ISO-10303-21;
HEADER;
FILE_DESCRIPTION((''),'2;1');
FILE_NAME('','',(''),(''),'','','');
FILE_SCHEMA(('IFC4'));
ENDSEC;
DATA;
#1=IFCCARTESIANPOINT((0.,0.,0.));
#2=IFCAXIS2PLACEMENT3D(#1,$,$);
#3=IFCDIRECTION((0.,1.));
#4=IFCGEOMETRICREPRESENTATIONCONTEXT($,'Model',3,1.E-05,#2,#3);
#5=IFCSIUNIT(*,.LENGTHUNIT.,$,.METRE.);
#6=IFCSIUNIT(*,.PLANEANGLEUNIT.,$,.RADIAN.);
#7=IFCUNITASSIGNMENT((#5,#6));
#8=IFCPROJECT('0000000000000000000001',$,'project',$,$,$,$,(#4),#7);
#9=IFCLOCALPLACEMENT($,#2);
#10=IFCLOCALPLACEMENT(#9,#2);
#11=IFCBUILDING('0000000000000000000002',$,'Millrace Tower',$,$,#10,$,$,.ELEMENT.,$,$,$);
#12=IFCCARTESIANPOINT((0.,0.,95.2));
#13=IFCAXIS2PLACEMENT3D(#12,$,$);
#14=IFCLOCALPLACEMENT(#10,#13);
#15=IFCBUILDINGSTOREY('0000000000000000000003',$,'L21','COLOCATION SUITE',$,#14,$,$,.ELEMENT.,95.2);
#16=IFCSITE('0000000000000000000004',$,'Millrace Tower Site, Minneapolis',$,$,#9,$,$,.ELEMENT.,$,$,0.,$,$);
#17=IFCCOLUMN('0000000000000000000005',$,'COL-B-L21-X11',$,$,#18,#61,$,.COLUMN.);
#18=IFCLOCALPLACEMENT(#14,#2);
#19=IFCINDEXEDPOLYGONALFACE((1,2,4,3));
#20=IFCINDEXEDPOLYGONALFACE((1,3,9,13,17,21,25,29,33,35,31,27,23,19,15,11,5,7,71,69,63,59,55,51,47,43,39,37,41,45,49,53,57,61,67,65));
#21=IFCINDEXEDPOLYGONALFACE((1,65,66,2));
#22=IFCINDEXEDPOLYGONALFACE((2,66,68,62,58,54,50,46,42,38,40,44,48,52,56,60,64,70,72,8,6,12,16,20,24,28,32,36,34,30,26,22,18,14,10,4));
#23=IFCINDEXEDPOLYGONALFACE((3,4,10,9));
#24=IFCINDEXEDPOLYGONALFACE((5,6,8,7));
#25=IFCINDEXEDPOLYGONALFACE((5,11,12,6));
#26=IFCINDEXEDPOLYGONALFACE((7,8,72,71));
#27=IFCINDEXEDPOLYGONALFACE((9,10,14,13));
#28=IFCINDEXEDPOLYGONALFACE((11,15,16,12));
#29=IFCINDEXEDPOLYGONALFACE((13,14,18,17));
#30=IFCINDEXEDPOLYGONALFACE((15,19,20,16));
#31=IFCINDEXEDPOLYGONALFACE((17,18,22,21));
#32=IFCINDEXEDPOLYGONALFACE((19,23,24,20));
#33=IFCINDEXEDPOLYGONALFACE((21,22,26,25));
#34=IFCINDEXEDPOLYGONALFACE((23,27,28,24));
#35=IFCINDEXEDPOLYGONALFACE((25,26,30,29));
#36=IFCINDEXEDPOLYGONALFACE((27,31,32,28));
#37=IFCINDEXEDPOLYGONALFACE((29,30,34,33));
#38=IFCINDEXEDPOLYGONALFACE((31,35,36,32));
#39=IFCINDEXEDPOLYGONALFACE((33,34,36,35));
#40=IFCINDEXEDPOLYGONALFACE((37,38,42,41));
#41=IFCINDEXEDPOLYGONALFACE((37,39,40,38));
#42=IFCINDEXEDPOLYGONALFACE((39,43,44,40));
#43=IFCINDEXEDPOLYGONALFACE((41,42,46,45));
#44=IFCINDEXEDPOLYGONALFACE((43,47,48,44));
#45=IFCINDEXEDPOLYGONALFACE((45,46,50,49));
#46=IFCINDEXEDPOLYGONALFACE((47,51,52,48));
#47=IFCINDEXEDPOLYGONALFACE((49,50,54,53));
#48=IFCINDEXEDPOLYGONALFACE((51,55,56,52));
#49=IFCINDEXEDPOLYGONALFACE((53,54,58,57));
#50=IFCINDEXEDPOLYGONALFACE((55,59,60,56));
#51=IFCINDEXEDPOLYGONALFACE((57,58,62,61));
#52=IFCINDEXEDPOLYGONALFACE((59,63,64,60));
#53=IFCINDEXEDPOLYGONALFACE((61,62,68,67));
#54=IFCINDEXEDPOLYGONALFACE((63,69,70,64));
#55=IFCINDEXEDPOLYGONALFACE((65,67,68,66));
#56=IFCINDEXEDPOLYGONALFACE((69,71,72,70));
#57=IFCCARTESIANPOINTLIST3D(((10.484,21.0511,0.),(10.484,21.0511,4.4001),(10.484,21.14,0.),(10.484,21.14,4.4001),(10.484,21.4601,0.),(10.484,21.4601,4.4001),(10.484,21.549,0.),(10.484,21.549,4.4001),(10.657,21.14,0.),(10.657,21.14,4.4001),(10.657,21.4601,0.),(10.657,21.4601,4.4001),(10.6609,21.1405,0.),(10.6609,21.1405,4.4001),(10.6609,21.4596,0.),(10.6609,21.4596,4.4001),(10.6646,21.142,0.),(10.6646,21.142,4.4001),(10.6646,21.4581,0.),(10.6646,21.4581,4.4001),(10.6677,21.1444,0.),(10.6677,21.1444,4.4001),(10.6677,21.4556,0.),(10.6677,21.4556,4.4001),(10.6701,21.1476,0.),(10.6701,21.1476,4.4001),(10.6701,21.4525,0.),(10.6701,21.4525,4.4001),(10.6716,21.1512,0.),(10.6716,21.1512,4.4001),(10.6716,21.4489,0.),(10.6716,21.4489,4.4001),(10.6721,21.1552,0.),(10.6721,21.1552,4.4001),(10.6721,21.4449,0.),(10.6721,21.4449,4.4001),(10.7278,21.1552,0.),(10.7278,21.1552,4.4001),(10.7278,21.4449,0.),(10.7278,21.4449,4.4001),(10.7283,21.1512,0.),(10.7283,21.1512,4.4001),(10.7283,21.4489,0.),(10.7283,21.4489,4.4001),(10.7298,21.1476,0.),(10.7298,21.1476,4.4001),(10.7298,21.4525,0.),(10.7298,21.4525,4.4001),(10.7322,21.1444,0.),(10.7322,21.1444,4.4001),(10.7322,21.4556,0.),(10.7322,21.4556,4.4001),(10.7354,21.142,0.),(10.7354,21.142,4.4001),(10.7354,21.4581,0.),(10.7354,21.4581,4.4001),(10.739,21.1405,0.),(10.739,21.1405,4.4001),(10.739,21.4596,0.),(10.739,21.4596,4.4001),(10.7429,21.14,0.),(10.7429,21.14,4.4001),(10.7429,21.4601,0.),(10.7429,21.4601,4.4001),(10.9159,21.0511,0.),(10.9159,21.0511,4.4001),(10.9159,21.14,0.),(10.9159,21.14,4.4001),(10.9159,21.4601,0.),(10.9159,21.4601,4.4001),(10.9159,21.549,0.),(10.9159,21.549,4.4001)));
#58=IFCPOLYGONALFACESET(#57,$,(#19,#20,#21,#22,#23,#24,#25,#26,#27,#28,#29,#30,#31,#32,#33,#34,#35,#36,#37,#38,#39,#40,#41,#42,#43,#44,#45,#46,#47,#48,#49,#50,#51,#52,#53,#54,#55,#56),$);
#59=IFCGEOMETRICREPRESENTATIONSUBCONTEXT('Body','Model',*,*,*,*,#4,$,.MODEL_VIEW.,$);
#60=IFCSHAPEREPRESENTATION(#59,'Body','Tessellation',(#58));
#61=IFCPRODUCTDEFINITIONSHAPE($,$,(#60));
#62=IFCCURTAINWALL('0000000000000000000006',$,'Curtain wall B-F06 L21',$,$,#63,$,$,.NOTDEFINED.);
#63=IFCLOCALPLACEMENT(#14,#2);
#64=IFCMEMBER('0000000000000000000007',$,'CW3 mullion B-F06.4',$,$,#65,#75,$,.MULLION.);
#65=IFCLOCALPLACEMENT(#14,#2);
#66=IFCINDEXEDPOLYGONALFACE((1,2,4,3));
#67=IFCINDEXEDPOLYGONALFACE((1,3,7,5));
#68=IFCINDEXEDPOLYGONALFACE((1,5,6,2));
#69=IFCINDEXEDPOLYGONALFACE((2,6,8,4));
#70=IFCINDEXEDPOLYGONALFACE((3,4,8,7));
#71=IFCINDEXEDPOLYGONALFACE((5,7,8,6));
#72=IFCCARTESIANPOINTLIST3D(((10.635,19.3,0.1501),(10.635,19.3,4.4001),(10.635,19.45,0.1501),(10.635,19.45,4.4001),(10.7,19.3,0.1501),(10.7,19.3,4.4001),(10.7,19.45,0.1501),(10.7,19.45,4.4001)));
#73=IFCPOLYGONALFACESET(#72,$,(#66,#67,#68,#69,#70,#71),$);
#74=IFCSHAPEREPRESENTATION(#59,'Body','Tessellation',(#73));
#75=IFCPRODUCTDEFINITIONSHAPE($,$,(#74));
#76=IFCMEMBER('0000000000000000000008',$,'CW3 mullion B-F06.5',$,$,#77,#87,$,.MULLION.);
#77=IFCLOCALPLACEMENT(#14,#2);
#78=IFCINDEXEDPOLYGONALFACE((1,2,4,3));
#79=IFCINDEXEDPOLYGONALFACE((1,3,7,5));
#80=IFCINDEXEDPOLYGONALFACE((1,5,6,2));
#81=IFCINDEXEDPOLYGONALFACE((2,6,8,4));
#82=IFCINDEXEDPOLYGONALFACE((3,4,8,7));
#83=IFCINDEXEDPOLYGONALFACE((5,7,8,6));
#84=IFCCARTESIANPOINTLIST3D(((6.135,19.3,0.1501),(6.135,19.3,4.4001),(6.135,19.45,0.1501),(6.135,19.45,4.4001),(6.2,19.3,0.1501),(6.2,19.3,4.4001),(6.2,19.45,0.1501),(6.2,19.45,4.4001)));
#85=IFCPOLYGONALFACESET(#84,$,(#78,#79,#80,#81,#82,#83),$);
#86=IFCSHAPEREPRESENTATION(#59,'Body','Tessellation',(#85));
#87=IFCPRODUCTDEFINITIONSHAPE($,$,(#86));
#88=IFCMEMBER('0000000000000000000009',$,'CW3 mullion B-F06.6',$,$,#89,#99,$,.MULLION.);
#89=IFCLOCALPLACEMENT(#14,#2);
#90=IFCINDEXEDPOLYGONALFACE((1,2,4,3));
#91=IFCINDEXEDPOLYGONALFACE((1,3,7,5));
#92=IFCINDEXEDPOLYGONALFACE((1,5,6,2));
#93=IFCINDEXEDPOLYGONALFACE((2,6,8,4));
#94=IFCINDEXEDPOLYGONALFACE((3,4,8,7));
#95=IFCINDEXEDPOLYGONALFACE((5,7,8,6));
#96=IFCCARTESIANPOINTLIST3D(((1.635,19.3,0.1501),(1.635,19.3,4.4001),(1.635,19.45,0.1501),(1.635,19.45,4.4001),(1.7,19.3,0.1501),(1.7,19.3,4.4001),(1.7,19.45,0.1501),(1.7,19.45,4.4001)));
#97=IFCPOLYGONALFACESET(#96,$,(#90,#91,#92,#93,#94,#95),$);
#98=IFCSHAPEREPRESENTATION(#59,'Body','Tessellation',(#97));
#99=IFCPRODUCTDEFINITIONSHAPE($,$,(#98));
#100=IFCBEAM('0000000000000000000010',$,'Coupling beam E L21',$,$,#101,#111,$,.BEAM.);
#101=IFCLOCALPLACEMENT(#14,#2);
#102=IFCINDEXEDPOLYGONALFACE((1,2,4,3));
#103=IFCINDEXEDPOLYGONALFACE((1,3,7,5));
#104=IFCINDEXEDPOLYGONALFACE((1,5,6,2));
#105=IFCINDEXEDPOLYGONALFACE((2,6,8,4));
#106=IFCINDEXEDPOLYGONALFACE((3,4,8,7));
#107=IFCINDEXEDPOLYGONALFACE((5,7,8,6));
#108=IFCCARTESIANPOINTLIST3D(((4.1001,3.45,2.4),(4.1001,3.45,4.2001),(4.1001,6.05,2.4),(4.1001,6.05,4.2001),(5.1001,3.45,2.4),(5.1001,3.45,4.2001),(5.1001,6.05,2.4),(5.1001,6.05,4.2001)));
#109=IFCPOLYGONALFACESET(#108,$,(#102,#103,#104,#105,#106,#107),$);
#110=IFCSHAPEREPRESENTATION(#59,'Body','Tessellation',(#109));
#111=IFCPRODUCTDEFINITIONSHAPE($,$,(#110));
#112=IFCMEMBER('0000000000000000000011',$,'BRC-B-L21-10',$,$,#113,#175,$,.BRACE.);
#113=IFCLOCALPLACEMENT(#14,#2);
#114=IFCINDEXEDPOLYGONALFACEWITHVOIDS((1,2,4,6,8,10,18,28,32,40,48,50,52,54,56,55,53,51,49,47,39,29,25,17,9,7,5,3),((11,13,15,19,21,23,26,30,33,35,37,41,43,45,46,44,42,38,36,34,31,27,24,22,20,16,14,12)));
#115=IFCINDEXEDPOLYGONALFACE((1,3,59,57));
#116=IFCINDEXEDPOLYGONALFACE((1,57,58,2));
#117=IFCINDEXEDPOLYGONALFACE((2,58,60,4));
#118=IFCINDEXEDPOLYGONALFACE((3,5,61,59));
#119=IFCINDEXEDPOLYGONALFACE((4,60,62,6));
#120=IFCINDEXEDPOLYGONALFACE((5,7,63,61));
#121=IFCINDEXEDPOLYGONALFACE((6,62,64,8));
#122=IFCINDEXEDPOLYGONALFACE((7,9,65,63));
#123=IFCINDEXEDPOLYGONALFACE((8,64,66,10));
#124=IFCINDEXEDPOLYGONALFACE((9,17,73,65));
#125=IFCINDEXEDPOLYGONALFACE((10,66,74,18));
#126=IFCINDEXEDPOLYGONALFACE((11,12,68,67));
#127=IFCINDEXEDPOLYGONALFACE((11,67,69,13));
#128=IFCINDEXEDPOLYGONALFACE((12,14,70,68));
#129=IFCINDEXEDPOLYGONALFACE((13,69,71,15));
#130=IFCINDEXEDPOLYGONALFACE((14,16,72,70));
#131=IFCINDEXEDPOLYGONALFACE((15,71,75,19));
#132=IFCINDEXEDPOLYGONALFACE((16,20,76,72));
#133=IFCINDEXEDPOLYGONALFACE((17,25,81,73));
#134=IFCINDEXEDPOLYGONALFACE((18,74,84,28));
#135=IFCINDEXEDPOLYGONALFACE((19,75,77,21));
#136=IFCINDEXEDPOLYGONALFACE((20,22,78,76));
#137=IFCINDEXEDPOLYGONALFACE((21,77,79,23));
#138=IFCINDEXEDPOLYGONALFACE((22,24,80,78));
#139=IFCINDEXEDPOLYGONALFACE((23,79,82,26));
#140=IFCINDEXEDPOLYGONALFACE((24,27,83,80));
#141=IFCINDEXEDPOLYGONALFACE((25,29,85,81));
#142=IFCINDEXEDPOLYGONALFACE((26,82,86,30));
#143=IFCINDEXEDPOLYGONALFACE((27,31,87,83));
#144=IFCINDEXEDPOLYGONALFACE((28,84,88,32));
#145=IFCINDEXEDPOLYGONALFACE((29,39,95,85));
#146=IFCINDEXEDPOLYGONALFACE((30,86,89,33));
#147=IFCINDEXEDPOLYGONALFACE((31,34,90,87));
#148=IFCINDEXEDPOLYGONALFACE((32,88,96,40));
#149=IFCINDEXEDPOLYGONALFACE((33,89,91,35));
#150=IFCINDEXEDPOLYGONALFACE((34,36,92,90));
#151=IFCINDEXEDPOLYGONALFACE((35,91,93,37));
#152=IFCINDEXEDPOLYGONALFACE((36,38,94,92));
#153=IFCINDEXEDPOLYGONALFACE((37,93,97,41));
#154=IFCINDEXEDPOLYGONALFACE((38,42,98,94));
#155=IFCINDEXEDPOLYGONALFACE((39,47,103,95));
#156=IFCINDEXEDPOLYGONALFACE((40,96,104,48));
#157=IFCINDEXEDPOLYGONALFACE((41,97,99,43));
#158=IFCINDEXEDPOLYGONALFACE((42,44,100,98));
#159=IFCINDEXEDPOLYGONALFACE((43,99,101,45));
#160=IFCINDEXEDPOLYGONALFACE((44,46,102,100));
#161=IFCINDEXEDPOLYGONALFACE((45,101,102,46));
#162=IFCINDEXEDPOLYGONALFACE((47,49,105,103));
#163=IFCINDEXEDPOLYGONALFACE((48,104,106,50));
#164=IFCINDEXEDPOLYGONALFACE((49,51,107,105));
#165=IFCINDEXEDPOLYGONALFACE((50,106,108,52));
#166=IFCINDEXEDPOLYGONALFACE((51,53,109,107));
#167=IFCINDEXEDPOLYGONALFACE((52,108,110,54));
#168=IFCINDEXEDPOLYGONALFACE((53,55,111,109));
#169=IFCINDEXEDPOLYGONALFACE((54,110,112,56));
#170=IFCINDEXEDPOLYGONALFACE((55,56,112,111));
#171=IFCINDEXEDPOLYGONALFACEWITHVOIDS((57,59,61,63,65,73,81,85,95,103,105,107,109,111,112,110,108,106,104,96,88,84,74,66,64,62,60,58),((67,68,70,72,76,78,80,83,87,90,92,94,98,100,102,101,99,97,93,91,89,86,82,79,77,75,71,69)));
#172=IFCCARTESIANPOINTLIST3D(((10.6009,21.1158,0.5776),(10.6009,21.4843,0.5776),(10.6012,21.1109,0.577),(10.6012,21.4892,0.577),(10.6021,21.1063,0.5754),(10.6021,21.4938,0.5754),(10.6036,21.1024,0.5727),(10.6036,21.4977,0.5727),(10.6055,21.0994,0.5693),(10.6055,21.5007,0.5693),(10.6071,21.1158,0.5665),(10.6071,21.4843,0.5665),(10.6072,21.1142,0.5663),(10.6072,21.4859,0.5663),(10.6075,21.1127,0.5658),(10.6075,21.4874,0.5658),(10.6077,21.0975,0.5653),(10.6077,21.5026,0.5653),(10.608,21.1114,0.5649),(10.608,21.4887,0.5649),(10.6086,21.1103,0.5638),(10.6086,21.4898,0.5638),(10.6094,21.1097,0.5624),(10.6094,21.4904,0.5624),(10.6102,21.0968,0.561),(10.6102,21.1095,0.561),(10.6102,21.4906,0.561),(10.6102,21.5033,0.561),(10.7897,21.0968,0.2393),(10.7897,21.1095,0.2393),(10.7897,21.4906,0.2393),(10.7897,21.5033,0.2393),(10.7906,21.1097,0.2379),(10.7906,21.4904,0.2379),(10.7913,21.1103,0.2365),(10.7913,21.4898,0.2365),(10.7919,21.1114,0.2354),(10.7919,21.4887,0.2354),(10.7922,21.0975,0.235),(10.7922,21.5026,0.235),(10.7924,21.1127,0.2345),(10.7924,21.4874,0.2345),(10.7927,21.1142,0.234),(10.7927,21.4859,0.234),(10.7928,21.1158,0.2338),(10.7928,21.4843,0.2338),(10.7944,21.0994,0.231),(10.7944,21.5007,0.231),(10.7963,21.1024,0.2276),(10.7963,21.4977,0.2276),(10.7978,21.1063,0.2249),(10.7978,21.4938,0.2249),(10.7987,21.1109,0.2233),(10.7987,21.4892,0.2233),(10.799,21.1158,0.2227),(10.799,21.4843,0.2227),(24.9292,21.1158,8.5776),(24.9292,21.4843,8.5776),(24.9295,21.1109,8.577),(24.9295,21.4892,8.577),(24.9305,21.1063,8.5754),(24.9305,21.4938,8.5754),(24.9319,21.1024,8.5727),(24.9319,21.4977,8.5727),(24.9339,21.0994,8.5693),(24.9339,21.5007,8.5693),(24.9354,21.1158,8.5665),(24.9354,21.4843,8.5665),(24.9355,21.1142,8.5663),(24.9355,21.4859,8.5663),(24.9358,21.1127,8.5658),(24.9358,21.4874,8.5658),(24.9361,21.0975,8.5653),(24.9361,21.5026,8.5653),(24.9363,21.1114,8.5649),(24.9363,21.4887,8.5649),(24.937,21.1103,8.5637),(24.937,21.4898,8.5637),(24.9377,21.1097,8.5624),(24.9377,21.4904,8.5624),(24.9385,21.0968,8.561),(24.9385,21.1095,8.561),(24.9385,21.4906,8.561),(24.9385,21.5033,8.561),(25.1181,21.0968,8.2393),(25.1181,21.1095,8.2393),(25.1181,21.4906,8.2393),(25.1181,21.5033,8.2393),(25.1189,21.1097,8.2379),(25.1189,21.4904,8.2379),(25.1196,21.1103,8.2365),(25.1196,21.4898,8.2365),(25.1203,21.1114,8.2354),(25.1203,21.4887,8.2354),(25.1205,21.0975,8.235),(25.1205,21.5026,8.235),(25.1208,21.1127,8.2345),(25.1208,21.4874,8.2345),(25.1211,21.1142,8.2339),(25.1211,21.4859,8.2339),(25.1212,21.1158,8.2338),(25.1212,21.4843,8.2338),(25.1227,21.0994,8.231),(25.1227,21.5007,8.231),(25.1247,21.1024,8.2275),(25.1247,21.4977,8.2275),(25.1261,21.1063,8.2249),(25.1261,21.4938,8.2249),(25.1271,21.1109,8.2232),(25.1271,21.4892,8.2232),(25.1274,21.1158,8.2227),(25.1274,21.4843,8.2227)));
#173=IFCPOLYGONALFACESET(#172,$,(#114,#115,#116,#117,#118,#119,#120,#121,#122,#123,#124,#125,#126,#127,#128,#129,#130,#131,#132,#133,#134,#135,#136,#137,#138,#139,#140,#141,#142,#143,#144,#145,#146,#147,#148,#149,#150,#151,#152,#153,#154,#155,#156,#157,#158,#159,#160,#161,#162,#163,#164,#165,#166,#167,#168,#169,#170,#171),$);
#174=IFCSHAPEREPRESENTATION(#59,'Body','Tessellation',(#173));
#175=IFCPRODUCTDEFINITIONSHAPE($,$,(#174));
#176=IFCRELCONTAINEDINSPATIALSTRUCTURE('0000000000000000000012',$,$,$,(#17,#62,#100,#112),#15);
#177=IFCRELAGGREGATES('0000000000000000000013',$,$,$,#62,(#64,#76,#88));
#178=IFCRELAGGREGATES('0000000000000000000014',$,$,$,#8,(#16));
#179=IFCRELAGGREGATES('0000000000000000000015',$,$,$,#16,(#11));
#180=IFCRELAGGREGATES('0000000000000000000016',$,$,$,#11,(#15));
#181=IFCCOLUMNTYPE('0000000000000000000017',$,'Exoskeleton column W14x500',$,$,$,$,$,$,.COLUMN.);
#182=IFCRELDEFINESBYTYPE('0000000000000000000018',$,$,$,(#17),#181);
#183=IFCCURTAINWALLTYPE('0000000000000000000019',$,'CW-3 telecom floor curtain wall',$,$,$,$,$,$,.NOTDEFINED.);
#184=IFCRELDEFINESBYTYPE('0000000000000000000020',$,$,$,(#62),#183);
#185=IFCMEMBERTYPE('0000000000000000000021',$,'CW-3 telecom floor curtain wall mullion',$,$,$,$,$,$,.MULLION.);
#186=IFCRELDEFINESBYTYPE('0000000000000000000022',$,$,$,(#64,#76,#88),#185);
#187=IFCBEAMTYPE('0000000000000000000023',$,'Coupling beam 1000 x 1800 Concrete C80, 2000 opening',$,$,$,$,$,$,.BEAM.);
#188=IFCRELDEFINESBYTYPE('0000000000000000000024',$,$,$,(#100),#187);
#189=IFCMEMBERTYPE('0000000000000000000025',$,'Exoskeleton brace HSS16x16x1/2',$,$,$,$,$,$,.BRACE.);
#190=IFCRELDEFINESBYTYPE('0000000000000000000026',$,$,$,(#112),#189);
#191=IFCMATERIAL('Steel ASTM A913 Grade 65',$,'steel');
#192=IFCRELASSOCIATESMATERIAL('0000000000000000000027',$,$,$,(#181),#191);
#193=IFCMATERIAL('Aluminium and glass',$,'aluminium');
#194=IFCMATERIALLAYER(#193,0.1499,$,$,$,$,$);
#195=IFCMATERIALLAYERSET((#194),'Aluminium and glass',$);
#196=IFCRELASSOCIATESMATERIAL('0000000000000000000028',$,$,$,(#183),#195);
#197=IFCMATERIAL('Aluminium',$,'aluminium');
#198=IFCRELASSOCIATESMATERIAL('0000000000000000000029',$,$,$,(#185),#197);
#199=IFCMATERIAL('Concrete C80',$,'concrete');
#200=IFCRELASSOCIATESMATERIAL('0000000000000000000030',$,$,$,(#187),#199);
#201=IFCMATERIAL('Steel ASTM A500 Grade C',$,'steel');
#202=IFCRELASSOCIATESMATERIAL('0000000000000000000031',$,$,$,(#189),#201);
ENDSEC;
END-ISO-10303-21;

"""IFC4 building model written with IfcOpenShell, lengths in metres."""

from ifc_helpers import new_model, si_unit, direction, frame, origin, origin_2d, place, context, subcontext, project, spatial, rectangle, hollow_rectangle, i_section, extrude, material, layer, layer_set, material_profile, profile_set, type_object, element, aggregate, save


model = new_model("IFC4")

# Units and contexts
model_context = context("Model", 3, precision=1e-05, world=origin(), true_north=direction((0.0, 1.0)))
body_context = subcontext(model_context, "Body", "Model", "MODEL_VIEW")
ifc_project = project(units=[si_unit("LENGTHUNIT", "METRE"), si_unit("PLANEANGLEUNIT", "RADIAN")], contexts=[model_context])

# Site, building, storey
site_placement = place(None, origin())
site = spatial("IfcSite", under=ifc_project, at=site_placement, Name="Millrace Tower Site, Minneapolis", CompositionType="ELEMENT", RefElevation=0.0)
building_placement = place(site_placement, origin())
building = spatial("IfcBuilding", under=site, at=building_placement, Name="Millrace Tower", CompositionType="ELEMENT")
storey_placement = place(building_placement, frame((0.0, 0.0, 95.2)))
storey = spatial("IfcBuildingStorey", under=building, at=storey_placement, Name="L21", Description="COLOCATION SUITE", CompositionType="ELEMENT", Elevation=95.2)

# Column
ifc_material_1 = material(Name="Steel ASTM A913 Grade 65", Category="steel")
ifc_material_profile_1 = material_profile(ifc_material_1, i_section(OverallWidth=0.4319, OverallDepth=0.4978, WebThickness=0.0557, FlangeThickness=0.0889, FilletRadius=0.0151, at=origin_2d()))
ifc_profile_set_1 = profile_set([ifc_material_profile_1], Name="Steel ASTM A913 Grade 65")
column_type = type_object("IfcColumnType", Name="Exoskeleton column W14x500", PredefinedType="COLUMN", material=ifc_profile_set_1)
column_placement = place(storey_placement, frame((10.7, 21.3, 0.0), z_axis=(0.0, 0.0, 1.0), x_axis=(-1.0, 0.0, 0.0)))
element("IfcColumn", 1, at=column_placement, inside=storey, type_object=column_type, Name="COL-B-L21-X11", PredefinedType="COLUMN", context=body_context, shape_type="SweptSolid", body=[
    extrude(i_section(OverallWidth=0.4319, OverallDepth=0.4978, WebThickness=0.0557, FlangeThickness=0.0889, FilletRadius=0.0151, at=origin_2d()), origin(), (0.0, 0.0, 1.0), 4.4001),
])

# Curtain wall, members
ifc_material_2 = material(Name="Aluminium and glass", Category="aluminium")
ifc_layer_1 = layer(ifc_material_2, 0.1499)
ifc_layer_set_1 = layer_set([ifc_layer_1], Name="Aluminium and glass")
curtain_wall_type = type_object("IfcCurtainWallType", Name="CW-3 telecom floor curtain wall", PredefinedType="NOTDEFINED", material=ifc_layer_set_1)
curtain_wall_placement = place(storey_placement, origin())
curtain_wall = element("IfcCurtainWall", 2, at=curtain_wall_placement, inside=storey, type_object=curtain_wall_type, Name="Curtain wall B-F06 L21", PredefinedType="NOTDEFINED")
ifc_material_3 = material(Name="Aluminium", Category="aluminium")
ifc_material_profile_2 = material_profile(ifc_material_3, rectangle(XDim=0.0649, YDim=0.1499, at=origin_2d()))
ifc_profile_set_2 = profile_set([ifc_material_profile_2], Name="Aluminium")
member_type_1 = type_object("IfcMemberType", Name="CW-3 telecom floor curtain wall mullion", PredefinedType="MULLION", material=ifc_profile_set_2)
member_1_placement = place(storey_placement, frame((10.6675, 19.375, 0.1501), z_axis=(0.0, 0.0, 1.0), x_axis=(-1.0, 0.0, 0.0)))
member_1 = element("IfcMember", 3, at=member_1_placement, type_object=member_type_1, Name="CW3 mullion B-F06.4", PredefinedType="MULLION", context=body_context, shape_type="SweptSolid", body=[
    extrude(rectangle(XDim=0.0649, YDim=0.1499, at=origin_2d()), origin(), (0.0, 0.0, 1.0), 4.25),
])
member_2_placement = place(storey_placement, frame((6.1675, 19.375, 0.1501), z_axis=(0.0, 0.0, 1.0), x_axis=(-1.0, 0.0, 0.0)))
member_2 = element("IfcMember", 4, at=member_2_placement, type_object=member_type_1, Name="CW3 mullion B-F06.5", PredefinedType="MULLION", context=body_context, shape_type="SweptSolid", body=[
    extrude(rectangle(XDim=0.0649, YDim=0.1499, at=origin_2d()), origin(), (0.0, 0.0, 1.0), 4.25),
])
member_3_placement = place(storey_placement, frame((1.6675, 19.375, 0.1501), z_axis=(0.0, 0.0, 1.0), x_axis=(-1.0, 0.0, 0.0)))
member_3 = element("IfcMember", 5, at=member_3_placement, type_object=member_type_1, Name="CW3 mullion B-F06.6", PredefinedType="MULLION", context=body_context, shape_type="SweptSolid", body=[
    extrude(rectangle(XDim=0.0649, YDim=0.1499, at=origin_2d()), origin(), (0.0, 0.0, 1.0), 4.25),
])
aggregate(curtain_wall, [member_1, member_2, member_3])

# Beam
ifc_material_4 = material(Name="Concrete C80", Category="concrete")
ifc_material_profile_3 = material_profile(ifc_material_4, rectangle(XDim=1.0, YDim=1.8, at=origin_2d()))
ifc_profile_set_3 = profile_set([ifc_material_profile_3], Name="Concrete C80")
beam_type_1 = type_object("IfcBeamType", Name="Coupling beam 1000 x 1800 Concrete C80, 2000 opening", PredefinedType="BEAM", material=ifc_profile_set_3)
beam_1_placement = place(storey_placement, frame((4.6001, 6.05, 3.3), z_axis=(0.0, -1.0, 0.0), x_axis=(1.0, 0.0, 0.0)))
element("IfcBeam", 6, at=beam_1_placement, inside=storey, type_object=beam_type_1, Name="Coupling beam E L21", PredefinedType="BEAM", context=body_context, shape_type="SweptSolid", body=[
    extrude(rectangle(XDim=1.0, YDim=1.8, at=origin_2d()), origin(), (0.0, 0.0, 1.0), 2.6001),
])

# Member
ifc_material_5 = material(Name="Steel ASTM A500 Grade C", Category="steel")
ifc_material_profile_4 = material_profile(ifc_material_5, hollow_rectangle(XDim=0.4065, YDim=0.4065, WallThickness=0.0127, InnerFilletRadius=0.0063, OuterFilletRadius=0.019, at=origin_2d()))
ifc_profile_set_4 = profile_set([ifc_material_profile_4], Name="Steel ASTM A500 Grade C")
member_type_2 = type_object("IfcMemberType", Name="Exoskeleton brace HSS16x16x1/2", PredefinedType="BRACE", material=ifc_profile_set_4)
member_4_placement = place(storey_placement, frame((10.7, 21.3, 0.4001), z_axis=(0.873126, 0.0, 0.487495), x_axis=(0.0, 1.0, 0.0)))
element("IfcMember", 7, at=member_4_placement, inside=storey, type_object=member_type_2, Name="BRC-B-L21-10", PredefinedType="BRACE", context=body_context, shape_type="SweptSolid", body=[
    extrude(hollow_rectangle(XDim=0.4065, YDim=0.4065, WallThickness=0.0127, InnerFilletRadius=0.0063, OuterFilletRadius=0.019, at=origin_2d()), origin(), (0.0, 0.0, 1.0), 16.4104),
])

save(model, "model.ifc")
